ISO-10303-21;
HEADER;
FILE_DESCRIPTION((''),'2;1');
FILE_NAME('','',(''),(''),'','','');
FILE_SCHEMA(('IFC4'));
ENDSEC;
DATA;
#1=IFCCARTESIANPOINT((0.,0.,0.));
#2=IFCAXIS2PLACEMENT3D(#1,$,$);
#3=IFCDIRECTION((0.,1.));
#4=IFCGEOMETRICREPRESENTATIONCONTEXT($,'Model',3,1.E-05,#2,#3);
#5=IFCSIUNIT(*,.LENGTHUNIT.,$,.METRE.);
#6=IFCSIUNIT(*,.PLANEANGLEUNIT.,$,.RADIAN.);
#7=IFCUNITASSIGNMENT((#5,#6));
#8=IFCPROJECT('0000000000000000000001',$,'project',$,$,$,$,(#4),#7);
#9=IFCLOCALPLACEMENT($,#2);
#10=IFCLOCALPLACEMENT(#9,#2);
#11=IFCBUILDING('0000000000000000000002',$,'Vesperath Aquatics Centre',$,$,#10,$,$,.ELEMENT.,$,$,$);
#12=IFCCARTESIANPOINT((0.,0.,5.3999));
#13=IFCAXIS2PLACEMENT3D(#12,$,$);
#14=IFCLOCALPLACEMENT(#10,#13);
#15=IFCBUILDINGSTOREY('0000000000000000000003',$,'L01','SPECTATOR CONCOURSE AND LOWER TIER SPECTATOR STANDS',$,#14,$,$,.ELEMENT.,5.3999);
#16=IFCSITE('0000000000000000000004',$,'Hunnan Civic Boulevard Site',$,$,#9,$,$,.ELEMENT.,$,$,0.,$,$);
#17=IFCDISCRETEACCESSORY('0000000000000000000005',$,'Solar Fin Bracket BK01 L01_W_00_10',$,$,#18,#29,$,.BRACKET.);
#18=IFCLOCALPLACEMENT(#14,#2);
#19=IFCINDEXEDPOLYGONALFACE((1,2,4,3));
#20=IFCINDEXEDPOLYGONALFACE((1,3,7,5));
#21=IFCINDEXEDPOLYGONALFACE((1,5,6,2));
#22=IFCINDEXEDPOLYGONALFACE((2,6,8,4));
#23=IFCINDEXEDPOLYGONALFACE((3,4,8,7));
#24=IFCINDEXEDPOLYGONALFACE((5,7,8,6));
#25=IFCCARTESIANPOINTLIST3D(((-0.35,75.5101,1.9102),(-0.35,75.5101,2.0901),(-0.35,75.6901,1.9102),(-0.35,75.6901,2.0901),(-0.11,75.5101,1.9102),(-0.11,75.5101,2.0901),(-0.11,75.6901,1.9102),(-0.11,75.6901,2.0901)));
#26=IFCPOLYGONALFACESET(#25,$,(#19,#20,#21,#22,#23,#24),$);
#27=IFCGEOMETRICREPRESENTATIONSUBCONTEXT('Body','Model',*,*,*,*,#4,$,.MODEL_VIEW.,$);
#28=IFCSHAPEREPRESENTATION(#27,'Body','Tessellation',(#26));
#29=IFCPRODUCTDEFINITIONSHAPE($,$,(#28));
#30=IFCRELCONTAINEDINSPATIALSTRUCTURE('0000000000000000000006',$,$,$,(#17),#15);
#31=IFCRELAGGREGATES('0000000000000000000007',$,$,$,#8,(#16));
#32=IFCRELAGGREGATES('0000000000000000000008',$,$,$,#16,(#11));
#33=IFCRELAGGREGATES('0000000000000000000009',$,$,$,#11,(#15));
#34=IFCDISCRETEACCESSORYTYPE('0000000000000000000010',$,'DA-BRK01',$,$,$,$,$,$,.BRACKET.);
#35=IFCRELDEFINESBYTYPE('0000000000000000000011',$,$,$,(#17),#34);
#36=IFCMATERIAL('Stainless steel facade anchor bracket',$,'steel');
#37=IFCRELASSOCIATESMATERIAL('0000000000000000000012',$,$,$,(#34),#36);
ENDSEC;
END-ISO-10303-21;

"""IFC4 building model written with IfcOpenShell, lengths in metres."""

from ifc_helpers import new_model, si_unit, direction, frame, origin, origin_2d, place, context, subcontext, project, spatial, rectangle, extrude, material, type_object, element, save


model = new_model("IFC4")

# Units and contexts
model_context = context("Model", 3, precision=1e-05, world=origin(), true_north=direction((0.0, 1.0)))
body_context = subcontext(model_context, "Body", "Model", "MODEL_VIEW")
ifc_project = project(units=[si_unit("LENGTHUNIT", "METRE"), si_unit("PLANEANGLEUNIT", "RADIAN")], contexts=[model_context])

# Site, building, storey
site_placement = place(None, origin())
site = spatial("IfcSite", under=ifc_project, at=site_placement, Name="Hunnan Civic Boulevard Site", CompositionType="ELEMENT", RefElevation=0.0)
building_placement = place(site_placement, origin())
building = spatial("IfcBuilding", under=site, at=building_placement, Name="Vesperath Aquatics Centre", CompositionType="ELEMENT")
storey_placement = place(building_placement, frame((0.0, 0.0, 5.3999)))
storey = spatial("IfcBuildingStorey", under=building, at=storey_placement, Name="L01", Description="SPECTATOR CONCOURSE AND LOWER TIER SPECTATOR STANDS", CompositionType="ELEMENT", Elevation=5.3999)

# Discrete accessory
ifc_material_1 = material(Name="Stainless steel facade anchor bracket", Category="steel")
discrete_accessory_type = type_object("IfcDiscreteAccessoryType", Name="DA-BRK01", PredefinedType="BRACKET", material=ifc_material_1)
discrete_accessory_placement = place(storey_placement, frame((-0.23, 75.6001, 1.9102), z_axis=(0.0, 0.0, 1.0), x_axis=(1.0, 0.0, 0.0)))
element("IfcDiscreteAccessory", 1, at=discrete_accessory_placement, inside=storey, type_object=discrete_accessory_type, Name="Solar Fin Bracket BK01 L01_W_00_10", PredefinedType="BRACKET", context=body_context, shape_type="SweptSolid", body=[
    extrude(rectangle(XDim=0.24, YDim=0.1799, at=origin_2d()), origin(), (0.0, 0.0, 1.0), 0.1799),
])

save(model, "model.ifc")
